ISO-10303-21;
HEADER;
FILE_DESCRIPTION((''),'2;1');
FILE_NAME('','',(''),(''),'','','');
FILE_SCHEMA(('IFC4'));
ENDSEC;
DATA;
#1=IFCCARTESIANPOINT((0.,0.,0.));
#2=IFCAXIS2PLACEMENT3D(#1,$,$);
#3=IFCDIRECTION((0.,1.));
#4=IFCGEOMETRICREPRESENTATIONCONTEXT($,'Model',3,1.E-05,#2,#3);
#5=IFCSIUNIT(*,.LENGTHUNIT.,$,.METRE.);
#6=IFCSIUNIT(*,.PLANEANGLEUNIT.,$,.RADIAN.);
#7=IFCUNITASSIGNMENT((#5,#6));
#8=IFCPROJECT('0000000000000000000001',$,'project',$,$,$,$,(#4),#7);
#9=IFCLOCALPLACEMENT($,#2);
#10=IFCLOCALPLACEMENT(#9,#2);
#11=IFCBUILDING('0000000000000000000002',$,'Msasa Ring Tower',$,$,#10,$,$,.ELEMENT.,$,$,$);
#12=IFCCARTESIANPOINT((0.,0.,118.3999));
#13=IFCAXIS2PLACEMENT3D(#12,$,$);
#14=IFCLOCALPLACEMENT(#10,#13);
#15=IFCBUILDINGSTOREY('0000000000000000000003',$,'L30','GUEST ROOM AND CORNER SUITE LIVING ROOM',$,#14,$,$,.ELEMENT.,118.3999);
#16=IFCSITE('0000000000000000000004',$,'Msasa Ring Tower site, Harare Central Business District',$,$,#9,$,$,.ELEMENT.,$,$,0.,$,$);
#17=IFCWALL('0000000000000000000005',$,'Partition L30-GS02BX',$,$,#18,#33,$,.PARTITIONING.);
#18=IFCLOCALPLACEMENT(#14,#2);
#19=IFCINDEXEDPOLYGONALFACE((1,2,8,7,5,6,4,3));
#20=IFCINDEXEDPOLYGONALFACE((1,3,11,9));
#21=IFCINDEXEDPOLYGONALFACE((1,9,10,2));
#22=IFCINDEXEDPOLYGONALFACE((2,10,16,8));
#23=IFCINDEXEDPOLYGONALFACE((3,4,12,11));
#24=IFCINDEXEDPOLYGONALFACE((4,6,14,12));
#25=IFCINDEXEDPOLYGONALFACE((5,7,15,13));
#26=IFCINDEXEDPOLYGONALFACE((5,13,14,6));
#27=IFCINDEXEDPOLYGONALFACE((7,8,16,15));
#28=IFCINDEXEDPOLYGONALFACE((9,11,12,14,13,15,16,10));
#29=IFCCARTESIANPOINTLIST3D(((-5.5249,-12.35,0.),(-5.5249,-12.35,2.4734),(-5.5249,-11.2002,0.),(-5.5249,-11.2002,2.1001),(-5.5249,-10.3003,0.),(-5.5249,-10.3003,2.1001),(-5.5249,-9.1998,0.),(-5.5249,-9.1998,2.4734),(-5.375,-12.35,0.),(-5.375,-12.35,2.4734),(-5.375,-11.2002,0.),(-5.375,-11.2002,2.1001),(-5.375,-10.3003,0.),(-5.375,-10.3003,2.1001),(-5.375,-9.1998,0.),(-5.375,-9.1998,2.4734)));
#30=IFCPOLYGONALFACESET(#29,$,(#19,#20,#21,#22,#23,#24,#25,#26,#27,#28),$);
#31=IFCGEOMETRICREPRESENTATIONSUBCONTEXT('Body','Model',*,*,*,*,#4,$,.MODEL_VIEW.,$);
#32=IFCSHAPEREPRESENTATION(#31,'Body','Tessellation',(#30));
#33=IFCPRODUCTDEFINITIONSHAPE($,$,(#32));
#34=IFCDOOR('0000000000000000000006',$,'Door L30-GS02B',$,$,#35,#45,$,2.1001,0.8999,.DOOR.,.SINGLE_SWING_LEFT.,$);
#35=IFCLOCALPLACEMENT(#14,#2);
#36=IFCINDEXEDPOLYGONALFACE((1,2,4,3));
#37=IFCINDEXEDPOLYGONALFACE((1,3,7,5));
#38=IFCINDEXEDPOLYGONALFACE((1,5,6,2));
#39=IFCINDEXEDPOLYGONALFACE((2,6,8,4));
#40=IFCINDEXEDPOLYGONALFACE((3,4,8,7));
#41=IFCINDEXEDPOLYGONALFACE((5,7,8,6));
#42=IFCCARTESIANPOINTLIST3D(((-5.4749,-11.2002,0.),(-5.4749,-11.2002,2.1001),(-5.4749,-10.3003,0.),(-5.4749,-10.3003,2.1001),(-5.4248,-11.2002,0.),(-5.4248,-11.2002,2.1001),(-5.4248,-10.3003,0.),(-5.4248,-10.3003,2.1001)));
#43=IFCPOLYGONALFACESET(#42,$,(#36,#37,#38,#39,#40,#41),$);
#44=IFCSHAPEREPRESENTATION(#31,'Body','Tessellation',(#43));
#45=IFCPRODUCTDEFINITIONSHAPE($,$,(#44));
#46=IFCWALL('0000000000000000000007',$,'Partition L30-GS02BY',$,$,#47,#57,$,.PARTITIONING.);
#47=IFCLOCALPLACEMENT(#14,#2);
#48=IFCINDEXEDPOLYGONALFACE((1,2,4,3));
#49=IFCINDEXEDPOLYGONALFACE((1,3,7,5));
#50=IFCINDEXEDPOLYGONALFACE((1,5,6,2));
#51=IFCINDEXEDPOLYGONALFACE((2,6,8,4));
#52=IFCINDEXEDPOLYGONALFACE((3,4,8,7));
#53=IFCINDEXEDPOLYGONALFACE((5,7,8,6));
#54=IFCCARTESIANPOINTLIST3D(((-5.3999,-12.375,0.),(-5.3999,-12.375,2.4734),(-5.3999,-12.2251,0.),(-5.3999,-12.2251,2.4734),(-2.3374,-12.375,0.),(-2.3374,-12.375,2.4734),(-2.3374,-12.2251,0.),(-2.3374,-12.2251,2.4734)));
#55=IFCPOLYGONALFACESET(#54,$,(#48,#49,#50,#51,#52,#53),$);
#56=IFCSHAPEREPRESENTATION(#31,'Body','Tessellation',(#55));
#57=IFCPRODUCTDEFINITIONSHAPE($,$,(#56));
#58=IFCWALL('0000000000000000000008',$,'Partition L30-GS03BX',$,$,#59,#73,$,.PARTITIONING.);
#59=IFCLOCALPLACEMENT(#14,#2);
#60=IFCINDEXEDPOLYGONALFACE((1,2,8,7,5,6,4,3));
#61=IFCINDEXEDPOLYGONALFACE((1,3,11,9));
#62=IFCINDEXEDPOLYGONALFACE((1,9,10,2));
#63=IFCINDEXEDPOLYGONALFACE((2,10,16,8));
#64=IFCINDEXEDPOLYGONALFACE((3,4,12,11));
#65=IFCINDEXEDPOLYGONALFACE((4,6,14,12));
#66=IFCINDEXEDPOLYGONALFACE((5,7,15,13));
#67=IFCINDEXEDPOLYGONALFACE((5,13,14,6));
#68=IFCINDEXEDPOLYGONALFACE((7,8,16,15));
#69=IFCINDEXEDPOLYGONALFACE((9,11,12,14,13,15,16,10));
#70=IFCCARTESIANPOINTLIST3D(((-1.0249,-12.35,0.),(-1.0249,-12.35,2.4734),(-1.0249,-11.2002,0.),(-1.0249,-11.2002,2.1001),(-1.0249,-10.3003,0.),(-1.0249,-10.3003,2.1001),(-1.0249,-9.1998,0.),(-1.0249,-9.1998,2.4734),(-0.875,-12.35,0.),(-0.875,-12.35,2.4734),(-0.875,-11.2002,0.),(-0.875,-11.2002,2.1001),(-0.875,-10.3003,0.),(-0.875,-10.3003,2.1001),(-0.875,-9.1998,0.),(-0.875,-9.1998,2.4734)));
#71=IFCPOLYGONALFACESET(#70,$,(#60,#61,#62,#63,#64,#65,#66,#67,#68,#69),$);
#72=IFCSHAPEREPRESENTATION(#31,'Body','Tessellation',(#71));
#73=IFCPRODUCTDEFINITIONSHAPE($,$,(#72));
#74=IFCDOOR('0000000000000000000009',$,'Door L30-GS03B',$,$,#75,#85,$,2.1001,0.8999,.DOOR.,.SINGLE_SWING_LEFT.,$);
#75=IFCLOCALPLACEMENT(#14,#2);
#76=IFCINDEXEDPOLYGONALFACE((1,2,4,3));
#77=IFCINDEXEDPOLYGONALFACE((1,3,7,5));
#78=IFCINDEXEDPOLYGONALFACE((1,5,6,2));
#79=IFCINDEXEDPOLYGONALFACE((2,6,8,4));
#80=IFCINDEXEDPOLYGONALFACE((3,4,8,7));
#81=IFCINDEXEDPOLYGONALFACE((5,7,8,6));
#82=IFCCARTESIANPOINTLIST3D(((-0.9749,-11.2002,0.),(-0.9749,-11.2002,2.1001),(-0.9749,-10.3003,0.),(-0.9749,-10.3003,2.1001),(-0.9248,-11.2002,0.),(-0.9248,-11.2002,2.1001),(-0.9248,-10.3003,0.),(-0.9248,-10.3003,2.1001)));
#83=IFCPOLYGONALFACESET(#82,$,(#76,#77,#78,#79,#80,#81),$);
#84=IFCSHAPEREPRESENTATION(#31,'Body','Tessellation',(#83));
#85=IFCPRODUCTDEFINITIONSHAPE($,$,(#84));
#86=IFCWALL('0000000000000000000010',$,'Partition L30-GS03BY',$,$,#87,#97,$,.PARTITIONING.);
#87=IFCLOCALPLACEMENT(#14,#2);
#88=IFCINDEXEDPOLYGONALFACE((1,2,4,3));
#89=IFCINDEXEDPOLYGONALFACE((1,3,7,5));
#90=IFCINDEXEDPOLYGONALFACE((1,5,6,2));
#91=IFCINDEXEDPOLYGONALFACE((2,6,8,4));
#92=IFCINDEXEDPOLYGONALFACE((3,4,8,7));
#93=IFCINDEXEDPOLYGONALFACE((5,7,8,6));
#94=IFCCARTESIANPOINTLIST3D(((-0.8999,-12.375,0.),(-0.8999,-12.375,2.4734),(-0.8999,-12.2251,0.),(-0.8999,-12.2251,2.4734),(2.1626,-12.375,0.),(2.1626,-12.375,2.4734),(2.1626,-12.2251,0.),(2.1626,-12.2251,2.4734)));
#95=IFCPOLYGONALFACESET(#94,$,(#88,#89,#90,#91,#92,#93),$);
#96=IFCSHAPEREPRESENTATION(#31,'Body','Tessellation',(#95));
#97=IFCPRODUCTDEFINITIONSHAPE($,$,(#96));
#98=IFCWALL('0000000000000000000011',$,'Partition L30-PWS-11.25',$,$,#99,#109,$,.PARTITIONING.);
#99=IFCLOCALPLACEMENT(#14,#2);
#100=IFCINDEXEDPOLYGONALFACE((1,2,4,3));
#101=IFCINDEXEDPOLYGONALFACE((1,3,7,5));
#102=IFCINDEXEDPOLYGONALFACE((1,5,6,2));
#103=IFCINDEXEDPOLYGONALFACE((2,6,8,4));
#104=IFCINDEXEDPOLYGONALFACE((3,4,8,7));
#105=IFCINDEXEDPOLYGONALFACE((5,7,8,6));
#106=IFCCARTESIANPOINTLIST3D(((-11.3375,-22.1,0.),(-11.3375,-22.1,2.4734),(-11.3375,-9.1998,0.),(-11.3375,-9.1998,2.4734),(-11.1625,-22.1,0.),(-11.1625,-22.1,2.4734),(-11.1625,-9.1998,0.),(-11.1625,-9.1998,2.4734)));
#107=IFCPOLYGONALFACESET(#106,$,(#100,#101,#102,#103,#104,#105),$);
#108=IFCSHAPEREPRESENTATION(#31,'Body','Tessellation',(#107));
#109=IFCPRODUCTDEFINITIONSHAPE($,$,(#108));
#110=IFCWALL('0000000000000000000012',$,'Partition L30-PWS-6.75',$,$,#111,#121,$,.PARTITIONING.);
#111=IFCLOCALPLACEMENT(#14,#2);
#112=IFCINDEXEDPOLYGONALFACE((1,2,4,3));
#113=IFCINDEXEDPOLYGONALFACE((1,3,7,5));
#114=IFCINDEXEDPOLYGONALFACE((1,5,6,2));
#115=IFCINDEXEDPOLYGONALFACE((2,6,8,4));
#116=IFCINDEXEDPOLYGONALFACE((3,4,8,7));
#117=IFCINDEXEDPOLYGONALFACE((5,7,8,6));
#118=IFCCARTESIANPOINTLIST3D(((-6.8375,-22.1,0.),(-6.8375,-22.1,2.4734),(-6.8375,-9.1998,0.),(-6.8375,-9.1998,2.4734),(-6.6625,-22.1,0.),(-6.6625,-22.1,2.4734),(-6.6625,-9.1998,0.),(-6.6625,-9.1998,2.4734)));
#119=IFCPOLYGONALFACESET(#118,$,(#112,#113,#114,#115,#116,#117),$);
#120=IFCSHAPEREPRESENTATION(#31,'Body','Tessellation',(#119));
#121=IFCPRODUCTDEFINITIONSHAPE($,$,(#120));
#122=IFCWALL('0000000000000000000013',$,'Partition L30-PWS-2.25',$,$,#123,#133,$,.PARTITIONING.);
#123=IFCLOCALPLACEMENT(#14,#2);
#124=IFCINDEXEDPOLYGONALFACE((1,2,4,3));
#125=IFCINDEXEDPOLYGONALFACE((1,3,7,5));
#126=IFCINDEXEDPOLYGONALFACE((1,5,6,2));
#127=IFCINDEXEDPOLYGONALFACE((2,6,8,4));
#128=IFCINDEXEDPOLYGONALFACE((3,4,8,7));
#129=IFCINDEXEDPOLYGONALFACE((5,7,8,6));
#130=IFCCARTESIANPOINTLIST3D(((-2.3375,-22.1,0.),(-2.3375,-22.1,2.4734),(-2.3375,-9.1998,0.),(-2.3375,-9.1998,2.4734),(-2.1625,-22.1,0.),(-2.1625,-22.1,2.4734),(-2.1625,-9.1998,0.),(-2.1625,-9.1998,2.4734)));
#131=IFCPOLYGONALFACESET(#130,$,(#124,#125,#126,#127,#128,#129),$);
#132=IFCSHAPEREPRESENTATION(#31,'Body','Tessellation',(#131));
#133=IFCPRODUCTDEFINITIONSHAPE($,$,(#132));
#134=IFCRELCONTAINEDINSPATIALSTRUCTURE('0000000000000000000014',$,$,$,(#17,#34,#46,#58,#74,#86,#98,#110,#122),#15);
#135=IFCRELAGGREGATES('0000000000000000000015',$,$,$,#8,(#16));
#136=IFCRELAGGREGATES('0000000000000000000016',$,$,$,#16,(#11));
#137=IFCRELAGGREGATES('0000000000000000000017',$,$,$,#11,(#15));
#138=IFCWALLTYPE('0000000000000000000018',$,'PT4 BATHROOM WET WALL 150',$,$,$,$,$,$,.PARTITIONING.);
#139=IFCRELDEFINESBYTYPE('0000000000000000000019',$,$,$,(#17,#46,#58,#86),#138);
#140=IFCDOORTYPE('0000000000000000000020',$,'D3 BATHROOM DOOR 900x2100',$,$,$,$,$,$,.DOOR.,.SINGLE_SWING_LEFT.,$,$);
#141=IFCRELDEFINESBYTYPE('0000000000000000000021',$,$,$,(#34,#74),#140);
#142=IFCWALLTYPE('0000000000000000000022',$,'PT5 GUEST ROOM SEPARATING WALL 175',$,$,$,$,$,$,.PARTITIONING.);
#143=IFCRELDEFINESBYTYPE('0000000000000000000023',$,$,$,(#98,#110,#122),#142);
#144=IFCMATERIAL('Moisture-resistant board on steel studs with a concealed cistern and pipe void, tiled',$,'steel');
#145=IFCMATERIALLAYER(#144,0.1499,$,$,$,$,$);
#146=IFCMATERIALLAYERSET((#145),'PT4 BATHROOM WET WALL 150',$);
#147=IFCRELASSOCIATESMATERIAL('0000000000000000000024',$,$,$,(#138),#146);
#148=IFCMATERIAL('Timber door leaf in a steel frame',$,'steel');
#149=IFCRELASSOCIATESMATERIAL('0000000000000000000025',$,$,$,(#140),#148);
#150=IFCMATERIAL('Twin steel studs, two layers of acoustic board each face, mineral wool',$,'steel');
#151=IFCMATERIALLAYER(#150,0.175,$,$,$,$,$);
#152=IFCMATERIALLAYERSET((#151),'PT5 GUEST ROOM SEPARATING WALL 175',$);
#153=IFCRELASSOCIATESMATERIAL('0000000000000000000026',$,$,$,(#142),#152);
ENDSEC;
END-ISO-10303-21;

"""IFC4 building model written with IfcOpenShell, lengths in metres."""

from ifc_helpers import new_model, si_unit, direction, frame, frame_2d, origin, place, context, subcontext, project, spatial, rectangle, extrude, material, layer, layer_set, type_object, element, fill, save


model = new_model("IFC4")

# Units and contexts
model_context = context("Model", 3, precision=1e-05, world=origin(), true_north=direction((0.0, 1.0)))
body_context = subcontext(model_context, "Body", "Model", "MODEL_VIEW")
ifc_project = project(units=[si_unit("LENGTHUNIT", "METRE"), si_unit("PLANEANGLEUNIT", "RADIAN")], contexts=[model_context])

# Site, building, storey
site_placement = place(None, origin())
site = spatial("IfcSite", under=ifc_project, at=site_placement, Name="Msasa Ring Tower site, Harare Central Business District", CompositionType="ELEMENT", RefElevation=0.0)
building_placement = place(site_placement, origin())
building = spatial("IfcBuilding", under=site, at=building_placement, Name="Msasa Ring Tower", CompositionType="ELEMENT")
storey_placement = place(building_placement, frame((0.0, 0.0, 118.3999)))
storey = spatial("IfcBuildingStorey", under=building, at=storey_placement, Name="L30", Description="GUEST ROOM AND CORNER SUITE LIVING ROOM", CompositionType="ELEMENT", Elevation=118.3999)

# Shared definitions
ifc_material_1 = material(Name="Moisture-resistant board on steel studs with a concealed cistern and pipe void, tiled", Category="steel")
ifc_layer_1 = layer(ifc_material_1, 0.1499)
ifc_layer_set_1 = layer_set([ifc_layer_1], Name="PT4 BATHROOM WET WALL 150")
wall_type_1 = type_object("IfcWallType", Name="PT4 BATHROOM WET WALL 150", PredefinedType="PARTITIONING", material=ifc_layer_set_1)
ifc_material_2 = material(Name="Timber door leaf in a steel frame", Category="steel")
door_type = type_object("IfcDoorType", Name="D3 BATHROOM DOOR 900x2100", OperationType="SINGLE_SWING_LEFT", PredefinedType="DOOR", material=ifc_material_2)

# Wall, opening, door
wall_1_placement = place(storey_placement, frame((-5.45, -12.3501, 0.0), z_axis=(0.0, 0.0, 1.0), x_axis=(0.0, 1.0, 0.0)))
wall_1 = element("IfcWall", 1, at=wall_1_placement, inside=storey, type_object=wall_type_1, Name="Partition L30-GS02BX", PredefinedType="PARTITIONING", context=body_context, shape_type="SweptSolid", body=[
    extrude(rectangle(XDim=3.1501, YDim=0.1499, at=frame_2d((1.5752, 0.0))), origin(), (0.0, 0.0, 1.0), 2.4734),
])
opening_1_placement = place(wall_1_placement, frame((1.1499, 0.0, 0.0)))
opening_1 = element("IfcOpeningElement", 2, at=opening_1_placement, cuts=wall_1, PredefinedType="OPENING", context=body_context, shape_type="SweptSolid", body=[
    extrude(rectangle(XDim=0.8999, YDim=2.1001, at=frame_2d((0.45, 1.05))), frame((0.0, 0.085, 0.0), z_axis=(0.0, -1.0, 0.0), x_axis=(1.0, 0.0, 0.0)), (0.0, 0.0, 1.0), 0.1699),
])
door_1_placement = place(opening_1_placement, origin())
door_1 = element("IfcDoor", 3, at=door_1_placement, inside=storey, type_object=door_type, Name="Door L30-GS02B", OperationType="SINGLE_SWING_LEFT", OverallHeight=2.1001, OverallWidth=0.8999, PredefinedType="DOOR", context=body_context, shape_type="SweptSolid", body=[
    extrude(rectangle(XDim=0.8999, YDim=2.1001, at=frame_2d((0.45, 1.05))), frame((0.0, 0.0249, 0.0), z_axis=(0.0, -1.0, 0.0), x_axis=(1.0, 0.0, 0.0)), (0.0, 0.0, 1.0), 0.05),
])
fill(opening_1, door_1)

# Wall
wall_2_placement = place(storey_placement, frame((-5.3999, -12.3, 0.0), z_axis=(0.0, 0.0, 1.0), x_axis=(1.0, 0.0, 0.0)))
element("IfcWall", 4, at=wall_2_placement, inside=storey, type_object=wall_type_1, Name="Partition L30-GS02BY", PredefinedType="PARTITIONING", context=body_context, shape_type="SweptSolid", body=[
    extrude(rectangle(XDim=3.0625, YDim=0.1499, at=frame_2d((1.5312, 0.0))), origin(), (0.0, 0.0, 1.0), 2.4734),
])

# Wall, opening, door
wall_3_placement = place(storey_placement, frame((-0.95, -12.3501, 0.0), z_axis=(0.0, 0.0, 1.0), x_axis=(0.0, 1.0, 0.0)))
wall_3 = element("IfcWall", 5, at=wall_3_placement, inside=storey, type_object=wall_type_1, Name="Partition L30-GS03BX", PredefinedType="PARTITIONING", context=body_context, shape_type="SweptSolid", body=[
    extrude(rectangle(XDim=3.1501, YDim=0.1499, at=frame_2d((1.5752, 0.0))), origin(), (0.0, 0.0, 1.0), 2.4734),
])
opening_2_placement = place(wall_3_placement, frame((1.1499, 0.0, 0.0)))
opening_2 = element("IfcOpeningElement", 6, at=opening_2_placement, cuts=wall_3, PredefinedType="OPENING", context=body_context, shape_type="SweptSolid", body=[
    extrude(rectangle(XDim=0.8999, YDim=2.1001, at=frame_2d((0.45, 1.05))), frame((0.0, 0.085, 0.0), z_axis=(0.0, -1.0, 0.0), x_axis=(1.0, 0.0, 0.0)), (0.0, 0.0, 1.0), 0.1699),
])
door_2_placement = place(opening_2_placement, origin())
door_2 = element("IfcDoor", 7, at=door_2_placement, inside=storey, type_object=door_type, Name="Door L30-GS03B", OperationType="SINGLE_SWING_LEFT", OverallHeight=2.1001, OverallWidth=0.8999, PredefinedType="DOOR", context=body_context, shape_type="SweptSolid", body=[
    extrude(rectangle(XDim=0.8999, YDim=2.1001, at=frame_2d((0.45, 1.05))), frame((0.0, 0.0249, 0.0), z_axis=(0.0, -1.0, 0.0), x_axis=(1.0, 0.0, 0.0)), (0.0, 0.0, 1.0), 0.05),
])
fill(opening_2, door_2)

# Walls
wall_4_placement = place(storey_placement, frame((-0.8999, -12.3, 0.0), z_axis=(0.0, 0.0, 1.0), x_axis=(1.0, 0.0, 0.0)))
element("IfcWall", 8, at=wall_4_placement, inside=storey, type_object=wall_type_1, Name="Partition L30-GS03BY", PredefinedType="PARTITIONING", context=body_context, shape_type="SweptSolid", body=[
    extrude(rectangle(XDim=3.0625, YDim=0.1499, at=frame_2d((1.5312, 0.0))), origin(), (0.0, 0.0, 1.0), 2.4734),
])
ifc_material_3 = material(Name="Twin steel studs, two layers of acoustic board each face, mineral wool", Category="steel")
ifc_layer_2 = layer(ifc_material_3, 0.175)
ifc_layer_set_2 = layer_set([ifc_layer_2], Name="PT5 GUEST ROOM SEPARATING WALL 175")
wall_type_2 = type_object("IfcWallType", Name="PT5 GUEST ROOM SEPARATING WALL 175", PredefinedType="PARTITIONING", material=ifc_layer_set_2)
for number, where, z_axis, x_axis, name in (
    (9, (-11.25, -22.1001, 0.0), (0.0, 0.0, 1.0), (0.0, 1.0, 0.0), "Partition L30-PWS-11.25"),
    (10, (-6.75, -22.1001, 0.0), (0.0, 0.0, 1.0), (0.0, 1.0, 0.0), "Partition L30-PWS-6.75"),
    (11, (-2.25, -22.1001, 0.0), (0.0, 0.0, 1.0), (0.0, 1.0, 0.0), "Partition L30-PWS-2.25"),
):
    element("IfcWall", number, at=place(storey_placement, frame(where, z_axis=z_axis, x_axis=x_axis)), inside=storey, type_object=wall_type_2, Name=name, PredefinedType="PARTITIONING", context=body_context, shape_type="SweptSolid", body=[
        extrude(rectangle(XDim=12.9001, YDim=0.175, at=frame_2d((6.4502, 0.0))), origin(), (0.0, 0.0, 1.0), 2.4734),
    ])

save(model, "model.ifc")
